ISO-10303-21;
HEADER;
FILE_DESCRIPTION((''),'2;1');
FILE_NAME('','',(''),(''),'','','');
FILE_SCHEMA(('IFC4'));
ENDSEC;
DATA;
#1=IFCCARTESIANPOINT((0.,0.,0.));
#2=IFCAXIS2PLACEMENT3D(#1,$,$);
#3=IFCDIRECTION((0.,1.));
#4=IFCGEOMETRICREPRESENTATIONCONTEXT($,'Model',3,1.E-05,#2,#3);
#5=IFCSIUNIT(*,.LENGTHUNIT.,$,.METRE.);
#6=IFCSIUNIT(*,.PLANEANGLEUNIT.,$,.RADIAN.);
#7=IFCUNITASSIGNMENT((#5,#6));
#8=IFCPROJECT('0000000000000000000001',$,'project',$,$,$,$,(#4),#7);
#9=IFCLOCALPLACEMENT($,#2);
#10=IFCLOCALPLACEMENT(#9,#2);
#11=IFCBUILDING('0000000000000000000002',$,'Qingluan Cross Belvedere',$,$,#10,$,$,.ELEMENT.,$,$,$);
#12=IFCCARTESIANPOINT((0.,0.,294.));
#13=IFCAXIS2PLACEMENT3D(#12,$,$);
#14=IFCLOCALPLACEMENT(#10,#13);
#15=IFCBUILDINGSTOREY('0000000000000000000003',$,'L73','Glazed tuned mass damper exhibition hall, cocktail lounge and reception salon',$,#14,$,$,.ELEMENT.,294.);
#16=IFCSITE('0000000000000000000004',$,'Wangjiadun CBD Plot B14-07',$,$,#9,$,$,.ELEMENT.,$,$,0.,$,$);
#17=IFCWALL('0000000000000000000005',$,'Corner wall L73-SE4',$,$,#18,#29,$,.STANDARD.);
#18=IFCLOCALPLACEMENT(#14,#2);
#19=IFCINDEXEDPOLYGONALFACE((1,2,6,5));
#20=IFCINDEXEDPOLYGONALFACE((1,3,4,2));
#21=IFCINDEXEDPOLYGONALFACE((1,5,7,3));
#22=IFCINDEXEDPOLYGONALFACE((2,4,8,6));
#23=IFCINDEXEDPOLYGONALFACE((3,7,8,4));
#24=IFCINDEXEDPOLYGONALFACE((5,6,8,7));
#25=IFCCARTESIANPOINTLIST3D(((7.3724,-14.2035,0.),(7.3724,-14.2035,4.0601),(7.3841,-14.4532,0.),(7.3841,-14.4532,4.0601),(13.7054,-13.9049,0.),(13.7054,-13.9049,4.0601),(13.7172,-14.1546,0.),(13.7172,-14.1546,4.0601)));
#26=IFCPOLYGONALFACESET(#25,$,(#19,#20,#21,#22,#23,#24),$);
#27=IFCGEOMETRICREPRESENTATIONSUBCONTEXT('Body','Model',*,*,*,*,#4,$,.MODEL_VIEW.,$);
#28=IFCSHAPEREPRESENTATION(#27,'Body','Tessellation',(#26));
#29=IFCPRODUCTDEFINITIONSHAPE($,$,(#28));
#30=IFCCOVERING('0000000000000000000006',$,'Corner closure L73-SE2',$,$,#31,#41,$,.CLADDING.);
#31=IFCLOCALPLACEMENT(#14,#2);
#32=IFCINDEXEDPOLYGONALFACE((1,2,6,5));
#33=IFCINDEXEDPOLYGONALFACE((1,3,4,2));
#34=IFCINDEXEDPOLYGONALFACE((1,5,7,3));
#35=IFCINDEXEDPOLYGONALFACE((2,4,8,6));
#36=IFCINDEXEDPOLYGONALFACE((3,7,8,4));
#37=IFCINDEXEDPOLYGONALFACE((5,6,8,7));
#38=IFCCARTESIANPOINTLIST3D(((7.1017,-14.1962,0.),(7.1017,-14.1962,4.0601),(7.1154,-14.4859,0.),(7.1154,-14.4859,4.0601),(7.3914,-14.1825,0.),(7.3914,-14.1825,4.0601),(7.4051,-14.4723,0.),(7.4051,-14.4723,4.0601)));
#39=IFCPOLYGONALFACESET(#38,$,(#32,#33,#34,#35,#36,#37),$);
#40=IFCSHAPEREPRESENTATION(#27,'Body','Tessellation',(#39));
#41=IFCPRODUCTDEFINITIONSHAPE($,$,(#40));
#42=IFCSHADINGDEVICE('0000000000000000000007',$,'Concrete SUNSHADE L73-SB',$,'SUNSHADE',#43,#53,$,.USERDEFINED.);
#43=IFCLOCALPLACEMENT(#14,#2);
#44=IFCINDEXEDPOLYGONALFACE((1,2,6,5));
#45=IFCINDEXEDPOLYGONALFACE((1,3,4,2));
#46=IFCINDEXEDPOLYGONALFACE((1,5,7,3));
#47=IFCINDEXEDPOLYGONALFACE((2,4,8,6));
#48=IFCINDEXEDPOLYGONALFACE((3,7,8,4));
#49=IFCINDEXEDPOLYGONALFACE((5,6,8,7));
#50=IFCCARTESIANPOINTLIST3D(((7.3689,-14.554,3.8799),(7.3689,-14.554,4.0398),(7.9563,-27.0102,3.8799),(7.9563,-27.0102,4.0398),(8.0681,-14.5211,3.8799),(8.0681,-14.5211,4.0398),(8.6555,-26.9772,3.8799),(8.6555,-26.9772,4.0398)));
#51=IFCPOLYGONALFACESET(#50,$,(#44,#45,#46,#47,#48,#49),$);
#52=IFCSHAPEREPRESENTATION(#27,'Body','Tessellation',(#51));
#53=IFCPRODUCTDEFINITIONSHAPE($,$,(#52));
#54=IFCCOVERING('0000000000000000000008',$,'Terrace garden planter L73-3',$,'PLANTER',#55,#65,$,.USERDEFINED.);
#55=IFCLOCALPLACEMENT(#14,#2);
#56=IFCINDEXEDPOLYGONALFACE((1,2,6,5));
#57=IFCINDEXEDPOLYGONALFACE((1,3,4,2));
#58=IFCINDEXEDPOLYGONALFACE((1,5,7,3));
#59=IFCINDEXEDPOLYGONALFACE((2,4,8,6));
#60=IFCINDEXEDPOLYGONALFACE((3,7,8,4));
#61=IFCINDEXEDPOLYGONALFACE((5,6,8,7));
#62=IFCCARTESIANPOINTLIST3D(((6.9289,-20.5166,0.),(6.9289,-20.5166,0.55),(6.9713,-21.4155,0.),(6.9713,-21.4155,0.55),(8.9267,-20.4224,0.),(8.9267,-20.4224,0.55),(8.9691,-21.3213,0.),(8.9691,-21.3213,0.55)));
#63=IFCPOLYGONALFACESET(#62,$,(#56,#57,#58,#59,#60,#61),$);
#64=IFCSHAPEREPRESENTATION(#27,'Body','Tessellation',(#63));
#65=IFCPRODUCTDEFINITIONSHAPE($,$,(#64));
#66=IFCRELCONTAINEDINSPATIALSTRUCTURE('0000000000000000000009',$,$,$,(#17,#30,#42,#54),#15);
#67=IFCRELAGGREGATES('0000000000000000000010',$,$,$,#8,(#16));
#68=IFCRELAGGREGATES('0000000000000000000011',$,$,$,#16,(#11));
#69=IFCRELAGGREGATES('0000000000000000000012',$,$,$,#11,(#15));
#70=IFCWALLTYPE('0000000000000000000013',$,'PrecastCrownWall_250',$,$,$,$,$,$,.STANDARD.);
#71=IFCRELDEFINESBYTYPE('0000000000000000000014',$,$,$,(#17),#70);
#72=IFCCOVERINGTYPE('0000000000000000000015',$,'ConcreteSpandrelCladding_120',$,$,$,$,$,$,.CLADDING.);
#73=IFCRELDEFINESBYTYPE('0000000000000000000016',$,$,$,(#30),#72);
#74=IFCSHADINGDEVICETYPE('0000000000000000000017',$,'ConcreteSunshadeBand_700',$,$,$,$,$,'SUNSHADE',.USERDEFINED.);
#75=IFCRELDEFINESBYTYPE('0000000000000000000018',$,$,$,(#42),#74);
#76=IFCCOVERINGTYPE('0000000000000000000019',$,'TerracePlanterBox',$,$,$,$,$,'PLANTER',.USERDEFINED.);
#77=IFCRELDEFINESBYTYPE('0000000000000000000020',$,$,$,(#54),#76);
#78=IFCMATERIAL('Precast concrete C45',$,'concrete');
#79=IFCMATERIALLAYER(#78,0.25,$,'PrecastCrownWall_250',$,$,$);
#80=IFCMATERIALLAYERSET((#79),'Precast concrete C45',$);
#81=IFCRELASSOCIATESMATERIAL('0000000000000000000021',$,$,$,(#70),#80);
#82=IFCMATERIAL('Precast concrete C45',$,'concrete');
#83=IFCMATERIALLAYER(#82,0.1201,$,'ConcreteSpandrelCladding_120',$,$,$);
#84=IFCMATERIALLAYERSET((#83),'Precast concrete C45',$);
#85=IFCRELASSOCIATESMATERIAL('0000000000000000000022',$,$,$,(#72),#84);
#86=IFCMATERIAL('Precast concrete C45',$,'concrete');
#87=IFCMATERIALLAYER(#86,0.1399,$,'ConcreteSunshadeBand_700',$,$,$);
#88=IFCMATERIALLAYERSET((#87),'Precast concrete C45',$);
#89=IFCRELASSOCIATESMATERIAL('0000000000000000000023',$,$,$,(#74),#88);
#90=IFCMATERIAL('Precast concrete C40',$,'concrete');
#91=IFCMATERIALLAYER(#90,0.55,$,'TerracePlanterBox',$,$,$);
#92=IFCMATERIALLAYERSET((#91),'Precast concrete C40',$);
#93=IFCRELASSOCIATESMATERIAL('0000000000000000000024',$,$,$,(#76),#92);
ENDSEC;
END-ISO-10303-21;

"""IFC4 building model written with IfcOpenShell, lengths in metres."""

from ifc_helpers import new_model, si_unit, direction, frame, frame_2d, origin, origin_2d, place, context, subcontext, project, spatial, rectangle, extrude, material, layer, layer_set, type_object, element, save


model = new_model("IFC4")

# Units and contexts
model_context = context("Model", 3, precision=1e-05, world=origin(), true_north=direction((0.0, 1.0)))
body_context = subcontext(model_context, "Body", "Model", "MODEL_VIEW")
ifc_project = project(units=[si_unit("LENGTHUNIT", "METRE"), si_unit("PLANEANGLEUNIT", "RADIAN")], contexts=[model_context])

# Site, building, storey
site_placement = place(None, origin())
site = spatial("IfcSite", under=ifc_project, at=site_placement, Name="Wangjiadun CBD Plot B14-07", CompositionType="ELEMENT", RefElevation=0.0)
building_placement = place(site_placement, origin())
building = spatial("IfcBuilding", under=site, at=building_placement, Name="Qingluan Cross Belvedere", CompositionType="ELEMENT")
storey_placement = place(building_placement, frame((0.0, 0.0, 294.0)))
storey = spatial("IfcBuildingStorey", under=building, at=storey_placement, Name="L73", Description="Glazed tuned mass damper exhibition hall, cocktail lounge and reception salon", CompositionType="ELEMENT", Elevation=294.0)

# Shared definitions
ifc_material_1 = material(Name="Precast concrete C45", Category="concrete")
ifc_layer_1 = layer(ifc_material_1, 0.25, Name="PrecastCrownWall_250")
ifc_layer_set_1 = layer_set([ifc_layer_1], Name="Precast concrete C45")
wall_type_1 = type_object("IfcWallType", Name="PrecastCrownWall_250", PredefinedType="STANDARD", material=ifc_layer_set_1)

# Wall
wall_1_placement = place(storey_placement, frame((13.7112, -14.0298, 0.0), z_axis=(0.0, 0.0, 1.0), x_axis=(-0.99889, -0.047095, 0.0)))
element("IfcWall", 1, at=wall_1_placement, inside=storey, type_object=wall_type_1, Name="Corner wall L73-SE4", PredefinedType="STANDARD", context=body_context, shape_type="SweptSolid", body=[
    extrude(rectangle(XDim=6.3401, YDim=0.25, at=frame_2d((3.1699, 0.0))), origin(), (0.0, 0.0, 1.0), 4.0601),
])

# Covering
ifc_material_2 = material(Name="Precast concrete C45", Category="concrete")
ifc_layer_2 = layer(ifc_material_2, 0.1201, Name="ConcreteSpandrelCladding_120")
ifc_layer_set_2 = layer_set([ifc_layer_2], Name="Precast concrete C45")
covering_type_1 = type_object("IfcCoveringType", Name="ConcreteSpandrelCladding_120", PredefinedType="CLADDING", material=ifc_layer_set_2)
covering_1_placement = place(storey_placement, frame((7.2534, -14.3342, 0.0), z_axis=(0.0, 0.0, 1.0), x_axis=(0.99889, 0.047106, 0.0)))
element("IfcCovering", 2, at=covering_1_placement, inside=storey, type_object=covering_type_1, Name="Corner closure L73-SE2", PredefinedType="CLADDING", context=body_context, shape_type="SweptSolid", body=[
    extrude(rectangle(XDim=0.29, YDim=0.29, at=origin_2d()), origin(), (0.0, 0.0, 1.0), 4.0601),
])

# Shading device
ifc_material_3 = material(Name="Precast concrete C45", Category="concrete")
ifc_layer_3 = layer(ifc_material_3, 0.1399, Name="ConcreteSunshadeBand_700")
ifc_layer_set_3 = layer_set([ifc_layer_3], Name="Precast concrete C45")
shading_device_type = type_object("IfcShadingDeviceType", Name="ConcreteSunshadeBand_700", ElementType="SUNSHADE", PredefinedType="USERDEFINED", material=ifc_layer_set_3)
shading_device_placement = place(storey_placement, frame((8.0122, -20.7656, 3.8799), z_axis=(0.0, 0.0, 1.0), x_axis=(-0.047104, 0.99889, 0.0)))
element("IfcShadingDevice", 3, at=shading_device_placement, inside=storey, type_object=shading_device_type, Name="Concrete SUNSHADE L73-SB", ObjectType="SUNSHADE", PredefinedType="USERDEFINED", context=body_context, shape_type="SweptSolid", body=[
    extrude(rectangle(XDim=12.47, YDim=0.7, at=origin_2d()), origin(), (0.0, 0.0, 1.0), 0.1599),
])

# Covering
ifc_material_4 = material(Name="Precast concrete C40", Category="concrete")
ifc_layer_4 = layer(ifc_material_4, 0.55, Name="TerracePlanterBox")
ifc_layer_set_4 = layer_set([ifc_layer_4], Name="Precast concrete C40")
covering_type_2 = type_object("IfcCoveringType", Name="TerracePlanterBox", ElementType="PLANTER", PredefinedType="USERDEFINED", material=ifc_layer_set_4)
covering_2_placement = place(storey_placement, frame((7.949, -20.9189, 0.0), z_axis=(0.0, 0.0, 1.0), x_axis=(0.99889, 0.047106, 0.0)))
element("IfcCovering", 4, at=covering_2_placement, inside=storey, type_object=covering_type_2, Name="Terrace garden planter L73-3", ObjectType="PLANTER", PredefinedType="USERDEFINED", context=body_context, shape_type="SweptSolid", body=[
    extrude(rectangle(XDim=2.0, YDim=0.8999, at=origin_2d()), origin(), (0.0, 0.0, 1.0), 0.55),
])

save(model, "model.ifc")
